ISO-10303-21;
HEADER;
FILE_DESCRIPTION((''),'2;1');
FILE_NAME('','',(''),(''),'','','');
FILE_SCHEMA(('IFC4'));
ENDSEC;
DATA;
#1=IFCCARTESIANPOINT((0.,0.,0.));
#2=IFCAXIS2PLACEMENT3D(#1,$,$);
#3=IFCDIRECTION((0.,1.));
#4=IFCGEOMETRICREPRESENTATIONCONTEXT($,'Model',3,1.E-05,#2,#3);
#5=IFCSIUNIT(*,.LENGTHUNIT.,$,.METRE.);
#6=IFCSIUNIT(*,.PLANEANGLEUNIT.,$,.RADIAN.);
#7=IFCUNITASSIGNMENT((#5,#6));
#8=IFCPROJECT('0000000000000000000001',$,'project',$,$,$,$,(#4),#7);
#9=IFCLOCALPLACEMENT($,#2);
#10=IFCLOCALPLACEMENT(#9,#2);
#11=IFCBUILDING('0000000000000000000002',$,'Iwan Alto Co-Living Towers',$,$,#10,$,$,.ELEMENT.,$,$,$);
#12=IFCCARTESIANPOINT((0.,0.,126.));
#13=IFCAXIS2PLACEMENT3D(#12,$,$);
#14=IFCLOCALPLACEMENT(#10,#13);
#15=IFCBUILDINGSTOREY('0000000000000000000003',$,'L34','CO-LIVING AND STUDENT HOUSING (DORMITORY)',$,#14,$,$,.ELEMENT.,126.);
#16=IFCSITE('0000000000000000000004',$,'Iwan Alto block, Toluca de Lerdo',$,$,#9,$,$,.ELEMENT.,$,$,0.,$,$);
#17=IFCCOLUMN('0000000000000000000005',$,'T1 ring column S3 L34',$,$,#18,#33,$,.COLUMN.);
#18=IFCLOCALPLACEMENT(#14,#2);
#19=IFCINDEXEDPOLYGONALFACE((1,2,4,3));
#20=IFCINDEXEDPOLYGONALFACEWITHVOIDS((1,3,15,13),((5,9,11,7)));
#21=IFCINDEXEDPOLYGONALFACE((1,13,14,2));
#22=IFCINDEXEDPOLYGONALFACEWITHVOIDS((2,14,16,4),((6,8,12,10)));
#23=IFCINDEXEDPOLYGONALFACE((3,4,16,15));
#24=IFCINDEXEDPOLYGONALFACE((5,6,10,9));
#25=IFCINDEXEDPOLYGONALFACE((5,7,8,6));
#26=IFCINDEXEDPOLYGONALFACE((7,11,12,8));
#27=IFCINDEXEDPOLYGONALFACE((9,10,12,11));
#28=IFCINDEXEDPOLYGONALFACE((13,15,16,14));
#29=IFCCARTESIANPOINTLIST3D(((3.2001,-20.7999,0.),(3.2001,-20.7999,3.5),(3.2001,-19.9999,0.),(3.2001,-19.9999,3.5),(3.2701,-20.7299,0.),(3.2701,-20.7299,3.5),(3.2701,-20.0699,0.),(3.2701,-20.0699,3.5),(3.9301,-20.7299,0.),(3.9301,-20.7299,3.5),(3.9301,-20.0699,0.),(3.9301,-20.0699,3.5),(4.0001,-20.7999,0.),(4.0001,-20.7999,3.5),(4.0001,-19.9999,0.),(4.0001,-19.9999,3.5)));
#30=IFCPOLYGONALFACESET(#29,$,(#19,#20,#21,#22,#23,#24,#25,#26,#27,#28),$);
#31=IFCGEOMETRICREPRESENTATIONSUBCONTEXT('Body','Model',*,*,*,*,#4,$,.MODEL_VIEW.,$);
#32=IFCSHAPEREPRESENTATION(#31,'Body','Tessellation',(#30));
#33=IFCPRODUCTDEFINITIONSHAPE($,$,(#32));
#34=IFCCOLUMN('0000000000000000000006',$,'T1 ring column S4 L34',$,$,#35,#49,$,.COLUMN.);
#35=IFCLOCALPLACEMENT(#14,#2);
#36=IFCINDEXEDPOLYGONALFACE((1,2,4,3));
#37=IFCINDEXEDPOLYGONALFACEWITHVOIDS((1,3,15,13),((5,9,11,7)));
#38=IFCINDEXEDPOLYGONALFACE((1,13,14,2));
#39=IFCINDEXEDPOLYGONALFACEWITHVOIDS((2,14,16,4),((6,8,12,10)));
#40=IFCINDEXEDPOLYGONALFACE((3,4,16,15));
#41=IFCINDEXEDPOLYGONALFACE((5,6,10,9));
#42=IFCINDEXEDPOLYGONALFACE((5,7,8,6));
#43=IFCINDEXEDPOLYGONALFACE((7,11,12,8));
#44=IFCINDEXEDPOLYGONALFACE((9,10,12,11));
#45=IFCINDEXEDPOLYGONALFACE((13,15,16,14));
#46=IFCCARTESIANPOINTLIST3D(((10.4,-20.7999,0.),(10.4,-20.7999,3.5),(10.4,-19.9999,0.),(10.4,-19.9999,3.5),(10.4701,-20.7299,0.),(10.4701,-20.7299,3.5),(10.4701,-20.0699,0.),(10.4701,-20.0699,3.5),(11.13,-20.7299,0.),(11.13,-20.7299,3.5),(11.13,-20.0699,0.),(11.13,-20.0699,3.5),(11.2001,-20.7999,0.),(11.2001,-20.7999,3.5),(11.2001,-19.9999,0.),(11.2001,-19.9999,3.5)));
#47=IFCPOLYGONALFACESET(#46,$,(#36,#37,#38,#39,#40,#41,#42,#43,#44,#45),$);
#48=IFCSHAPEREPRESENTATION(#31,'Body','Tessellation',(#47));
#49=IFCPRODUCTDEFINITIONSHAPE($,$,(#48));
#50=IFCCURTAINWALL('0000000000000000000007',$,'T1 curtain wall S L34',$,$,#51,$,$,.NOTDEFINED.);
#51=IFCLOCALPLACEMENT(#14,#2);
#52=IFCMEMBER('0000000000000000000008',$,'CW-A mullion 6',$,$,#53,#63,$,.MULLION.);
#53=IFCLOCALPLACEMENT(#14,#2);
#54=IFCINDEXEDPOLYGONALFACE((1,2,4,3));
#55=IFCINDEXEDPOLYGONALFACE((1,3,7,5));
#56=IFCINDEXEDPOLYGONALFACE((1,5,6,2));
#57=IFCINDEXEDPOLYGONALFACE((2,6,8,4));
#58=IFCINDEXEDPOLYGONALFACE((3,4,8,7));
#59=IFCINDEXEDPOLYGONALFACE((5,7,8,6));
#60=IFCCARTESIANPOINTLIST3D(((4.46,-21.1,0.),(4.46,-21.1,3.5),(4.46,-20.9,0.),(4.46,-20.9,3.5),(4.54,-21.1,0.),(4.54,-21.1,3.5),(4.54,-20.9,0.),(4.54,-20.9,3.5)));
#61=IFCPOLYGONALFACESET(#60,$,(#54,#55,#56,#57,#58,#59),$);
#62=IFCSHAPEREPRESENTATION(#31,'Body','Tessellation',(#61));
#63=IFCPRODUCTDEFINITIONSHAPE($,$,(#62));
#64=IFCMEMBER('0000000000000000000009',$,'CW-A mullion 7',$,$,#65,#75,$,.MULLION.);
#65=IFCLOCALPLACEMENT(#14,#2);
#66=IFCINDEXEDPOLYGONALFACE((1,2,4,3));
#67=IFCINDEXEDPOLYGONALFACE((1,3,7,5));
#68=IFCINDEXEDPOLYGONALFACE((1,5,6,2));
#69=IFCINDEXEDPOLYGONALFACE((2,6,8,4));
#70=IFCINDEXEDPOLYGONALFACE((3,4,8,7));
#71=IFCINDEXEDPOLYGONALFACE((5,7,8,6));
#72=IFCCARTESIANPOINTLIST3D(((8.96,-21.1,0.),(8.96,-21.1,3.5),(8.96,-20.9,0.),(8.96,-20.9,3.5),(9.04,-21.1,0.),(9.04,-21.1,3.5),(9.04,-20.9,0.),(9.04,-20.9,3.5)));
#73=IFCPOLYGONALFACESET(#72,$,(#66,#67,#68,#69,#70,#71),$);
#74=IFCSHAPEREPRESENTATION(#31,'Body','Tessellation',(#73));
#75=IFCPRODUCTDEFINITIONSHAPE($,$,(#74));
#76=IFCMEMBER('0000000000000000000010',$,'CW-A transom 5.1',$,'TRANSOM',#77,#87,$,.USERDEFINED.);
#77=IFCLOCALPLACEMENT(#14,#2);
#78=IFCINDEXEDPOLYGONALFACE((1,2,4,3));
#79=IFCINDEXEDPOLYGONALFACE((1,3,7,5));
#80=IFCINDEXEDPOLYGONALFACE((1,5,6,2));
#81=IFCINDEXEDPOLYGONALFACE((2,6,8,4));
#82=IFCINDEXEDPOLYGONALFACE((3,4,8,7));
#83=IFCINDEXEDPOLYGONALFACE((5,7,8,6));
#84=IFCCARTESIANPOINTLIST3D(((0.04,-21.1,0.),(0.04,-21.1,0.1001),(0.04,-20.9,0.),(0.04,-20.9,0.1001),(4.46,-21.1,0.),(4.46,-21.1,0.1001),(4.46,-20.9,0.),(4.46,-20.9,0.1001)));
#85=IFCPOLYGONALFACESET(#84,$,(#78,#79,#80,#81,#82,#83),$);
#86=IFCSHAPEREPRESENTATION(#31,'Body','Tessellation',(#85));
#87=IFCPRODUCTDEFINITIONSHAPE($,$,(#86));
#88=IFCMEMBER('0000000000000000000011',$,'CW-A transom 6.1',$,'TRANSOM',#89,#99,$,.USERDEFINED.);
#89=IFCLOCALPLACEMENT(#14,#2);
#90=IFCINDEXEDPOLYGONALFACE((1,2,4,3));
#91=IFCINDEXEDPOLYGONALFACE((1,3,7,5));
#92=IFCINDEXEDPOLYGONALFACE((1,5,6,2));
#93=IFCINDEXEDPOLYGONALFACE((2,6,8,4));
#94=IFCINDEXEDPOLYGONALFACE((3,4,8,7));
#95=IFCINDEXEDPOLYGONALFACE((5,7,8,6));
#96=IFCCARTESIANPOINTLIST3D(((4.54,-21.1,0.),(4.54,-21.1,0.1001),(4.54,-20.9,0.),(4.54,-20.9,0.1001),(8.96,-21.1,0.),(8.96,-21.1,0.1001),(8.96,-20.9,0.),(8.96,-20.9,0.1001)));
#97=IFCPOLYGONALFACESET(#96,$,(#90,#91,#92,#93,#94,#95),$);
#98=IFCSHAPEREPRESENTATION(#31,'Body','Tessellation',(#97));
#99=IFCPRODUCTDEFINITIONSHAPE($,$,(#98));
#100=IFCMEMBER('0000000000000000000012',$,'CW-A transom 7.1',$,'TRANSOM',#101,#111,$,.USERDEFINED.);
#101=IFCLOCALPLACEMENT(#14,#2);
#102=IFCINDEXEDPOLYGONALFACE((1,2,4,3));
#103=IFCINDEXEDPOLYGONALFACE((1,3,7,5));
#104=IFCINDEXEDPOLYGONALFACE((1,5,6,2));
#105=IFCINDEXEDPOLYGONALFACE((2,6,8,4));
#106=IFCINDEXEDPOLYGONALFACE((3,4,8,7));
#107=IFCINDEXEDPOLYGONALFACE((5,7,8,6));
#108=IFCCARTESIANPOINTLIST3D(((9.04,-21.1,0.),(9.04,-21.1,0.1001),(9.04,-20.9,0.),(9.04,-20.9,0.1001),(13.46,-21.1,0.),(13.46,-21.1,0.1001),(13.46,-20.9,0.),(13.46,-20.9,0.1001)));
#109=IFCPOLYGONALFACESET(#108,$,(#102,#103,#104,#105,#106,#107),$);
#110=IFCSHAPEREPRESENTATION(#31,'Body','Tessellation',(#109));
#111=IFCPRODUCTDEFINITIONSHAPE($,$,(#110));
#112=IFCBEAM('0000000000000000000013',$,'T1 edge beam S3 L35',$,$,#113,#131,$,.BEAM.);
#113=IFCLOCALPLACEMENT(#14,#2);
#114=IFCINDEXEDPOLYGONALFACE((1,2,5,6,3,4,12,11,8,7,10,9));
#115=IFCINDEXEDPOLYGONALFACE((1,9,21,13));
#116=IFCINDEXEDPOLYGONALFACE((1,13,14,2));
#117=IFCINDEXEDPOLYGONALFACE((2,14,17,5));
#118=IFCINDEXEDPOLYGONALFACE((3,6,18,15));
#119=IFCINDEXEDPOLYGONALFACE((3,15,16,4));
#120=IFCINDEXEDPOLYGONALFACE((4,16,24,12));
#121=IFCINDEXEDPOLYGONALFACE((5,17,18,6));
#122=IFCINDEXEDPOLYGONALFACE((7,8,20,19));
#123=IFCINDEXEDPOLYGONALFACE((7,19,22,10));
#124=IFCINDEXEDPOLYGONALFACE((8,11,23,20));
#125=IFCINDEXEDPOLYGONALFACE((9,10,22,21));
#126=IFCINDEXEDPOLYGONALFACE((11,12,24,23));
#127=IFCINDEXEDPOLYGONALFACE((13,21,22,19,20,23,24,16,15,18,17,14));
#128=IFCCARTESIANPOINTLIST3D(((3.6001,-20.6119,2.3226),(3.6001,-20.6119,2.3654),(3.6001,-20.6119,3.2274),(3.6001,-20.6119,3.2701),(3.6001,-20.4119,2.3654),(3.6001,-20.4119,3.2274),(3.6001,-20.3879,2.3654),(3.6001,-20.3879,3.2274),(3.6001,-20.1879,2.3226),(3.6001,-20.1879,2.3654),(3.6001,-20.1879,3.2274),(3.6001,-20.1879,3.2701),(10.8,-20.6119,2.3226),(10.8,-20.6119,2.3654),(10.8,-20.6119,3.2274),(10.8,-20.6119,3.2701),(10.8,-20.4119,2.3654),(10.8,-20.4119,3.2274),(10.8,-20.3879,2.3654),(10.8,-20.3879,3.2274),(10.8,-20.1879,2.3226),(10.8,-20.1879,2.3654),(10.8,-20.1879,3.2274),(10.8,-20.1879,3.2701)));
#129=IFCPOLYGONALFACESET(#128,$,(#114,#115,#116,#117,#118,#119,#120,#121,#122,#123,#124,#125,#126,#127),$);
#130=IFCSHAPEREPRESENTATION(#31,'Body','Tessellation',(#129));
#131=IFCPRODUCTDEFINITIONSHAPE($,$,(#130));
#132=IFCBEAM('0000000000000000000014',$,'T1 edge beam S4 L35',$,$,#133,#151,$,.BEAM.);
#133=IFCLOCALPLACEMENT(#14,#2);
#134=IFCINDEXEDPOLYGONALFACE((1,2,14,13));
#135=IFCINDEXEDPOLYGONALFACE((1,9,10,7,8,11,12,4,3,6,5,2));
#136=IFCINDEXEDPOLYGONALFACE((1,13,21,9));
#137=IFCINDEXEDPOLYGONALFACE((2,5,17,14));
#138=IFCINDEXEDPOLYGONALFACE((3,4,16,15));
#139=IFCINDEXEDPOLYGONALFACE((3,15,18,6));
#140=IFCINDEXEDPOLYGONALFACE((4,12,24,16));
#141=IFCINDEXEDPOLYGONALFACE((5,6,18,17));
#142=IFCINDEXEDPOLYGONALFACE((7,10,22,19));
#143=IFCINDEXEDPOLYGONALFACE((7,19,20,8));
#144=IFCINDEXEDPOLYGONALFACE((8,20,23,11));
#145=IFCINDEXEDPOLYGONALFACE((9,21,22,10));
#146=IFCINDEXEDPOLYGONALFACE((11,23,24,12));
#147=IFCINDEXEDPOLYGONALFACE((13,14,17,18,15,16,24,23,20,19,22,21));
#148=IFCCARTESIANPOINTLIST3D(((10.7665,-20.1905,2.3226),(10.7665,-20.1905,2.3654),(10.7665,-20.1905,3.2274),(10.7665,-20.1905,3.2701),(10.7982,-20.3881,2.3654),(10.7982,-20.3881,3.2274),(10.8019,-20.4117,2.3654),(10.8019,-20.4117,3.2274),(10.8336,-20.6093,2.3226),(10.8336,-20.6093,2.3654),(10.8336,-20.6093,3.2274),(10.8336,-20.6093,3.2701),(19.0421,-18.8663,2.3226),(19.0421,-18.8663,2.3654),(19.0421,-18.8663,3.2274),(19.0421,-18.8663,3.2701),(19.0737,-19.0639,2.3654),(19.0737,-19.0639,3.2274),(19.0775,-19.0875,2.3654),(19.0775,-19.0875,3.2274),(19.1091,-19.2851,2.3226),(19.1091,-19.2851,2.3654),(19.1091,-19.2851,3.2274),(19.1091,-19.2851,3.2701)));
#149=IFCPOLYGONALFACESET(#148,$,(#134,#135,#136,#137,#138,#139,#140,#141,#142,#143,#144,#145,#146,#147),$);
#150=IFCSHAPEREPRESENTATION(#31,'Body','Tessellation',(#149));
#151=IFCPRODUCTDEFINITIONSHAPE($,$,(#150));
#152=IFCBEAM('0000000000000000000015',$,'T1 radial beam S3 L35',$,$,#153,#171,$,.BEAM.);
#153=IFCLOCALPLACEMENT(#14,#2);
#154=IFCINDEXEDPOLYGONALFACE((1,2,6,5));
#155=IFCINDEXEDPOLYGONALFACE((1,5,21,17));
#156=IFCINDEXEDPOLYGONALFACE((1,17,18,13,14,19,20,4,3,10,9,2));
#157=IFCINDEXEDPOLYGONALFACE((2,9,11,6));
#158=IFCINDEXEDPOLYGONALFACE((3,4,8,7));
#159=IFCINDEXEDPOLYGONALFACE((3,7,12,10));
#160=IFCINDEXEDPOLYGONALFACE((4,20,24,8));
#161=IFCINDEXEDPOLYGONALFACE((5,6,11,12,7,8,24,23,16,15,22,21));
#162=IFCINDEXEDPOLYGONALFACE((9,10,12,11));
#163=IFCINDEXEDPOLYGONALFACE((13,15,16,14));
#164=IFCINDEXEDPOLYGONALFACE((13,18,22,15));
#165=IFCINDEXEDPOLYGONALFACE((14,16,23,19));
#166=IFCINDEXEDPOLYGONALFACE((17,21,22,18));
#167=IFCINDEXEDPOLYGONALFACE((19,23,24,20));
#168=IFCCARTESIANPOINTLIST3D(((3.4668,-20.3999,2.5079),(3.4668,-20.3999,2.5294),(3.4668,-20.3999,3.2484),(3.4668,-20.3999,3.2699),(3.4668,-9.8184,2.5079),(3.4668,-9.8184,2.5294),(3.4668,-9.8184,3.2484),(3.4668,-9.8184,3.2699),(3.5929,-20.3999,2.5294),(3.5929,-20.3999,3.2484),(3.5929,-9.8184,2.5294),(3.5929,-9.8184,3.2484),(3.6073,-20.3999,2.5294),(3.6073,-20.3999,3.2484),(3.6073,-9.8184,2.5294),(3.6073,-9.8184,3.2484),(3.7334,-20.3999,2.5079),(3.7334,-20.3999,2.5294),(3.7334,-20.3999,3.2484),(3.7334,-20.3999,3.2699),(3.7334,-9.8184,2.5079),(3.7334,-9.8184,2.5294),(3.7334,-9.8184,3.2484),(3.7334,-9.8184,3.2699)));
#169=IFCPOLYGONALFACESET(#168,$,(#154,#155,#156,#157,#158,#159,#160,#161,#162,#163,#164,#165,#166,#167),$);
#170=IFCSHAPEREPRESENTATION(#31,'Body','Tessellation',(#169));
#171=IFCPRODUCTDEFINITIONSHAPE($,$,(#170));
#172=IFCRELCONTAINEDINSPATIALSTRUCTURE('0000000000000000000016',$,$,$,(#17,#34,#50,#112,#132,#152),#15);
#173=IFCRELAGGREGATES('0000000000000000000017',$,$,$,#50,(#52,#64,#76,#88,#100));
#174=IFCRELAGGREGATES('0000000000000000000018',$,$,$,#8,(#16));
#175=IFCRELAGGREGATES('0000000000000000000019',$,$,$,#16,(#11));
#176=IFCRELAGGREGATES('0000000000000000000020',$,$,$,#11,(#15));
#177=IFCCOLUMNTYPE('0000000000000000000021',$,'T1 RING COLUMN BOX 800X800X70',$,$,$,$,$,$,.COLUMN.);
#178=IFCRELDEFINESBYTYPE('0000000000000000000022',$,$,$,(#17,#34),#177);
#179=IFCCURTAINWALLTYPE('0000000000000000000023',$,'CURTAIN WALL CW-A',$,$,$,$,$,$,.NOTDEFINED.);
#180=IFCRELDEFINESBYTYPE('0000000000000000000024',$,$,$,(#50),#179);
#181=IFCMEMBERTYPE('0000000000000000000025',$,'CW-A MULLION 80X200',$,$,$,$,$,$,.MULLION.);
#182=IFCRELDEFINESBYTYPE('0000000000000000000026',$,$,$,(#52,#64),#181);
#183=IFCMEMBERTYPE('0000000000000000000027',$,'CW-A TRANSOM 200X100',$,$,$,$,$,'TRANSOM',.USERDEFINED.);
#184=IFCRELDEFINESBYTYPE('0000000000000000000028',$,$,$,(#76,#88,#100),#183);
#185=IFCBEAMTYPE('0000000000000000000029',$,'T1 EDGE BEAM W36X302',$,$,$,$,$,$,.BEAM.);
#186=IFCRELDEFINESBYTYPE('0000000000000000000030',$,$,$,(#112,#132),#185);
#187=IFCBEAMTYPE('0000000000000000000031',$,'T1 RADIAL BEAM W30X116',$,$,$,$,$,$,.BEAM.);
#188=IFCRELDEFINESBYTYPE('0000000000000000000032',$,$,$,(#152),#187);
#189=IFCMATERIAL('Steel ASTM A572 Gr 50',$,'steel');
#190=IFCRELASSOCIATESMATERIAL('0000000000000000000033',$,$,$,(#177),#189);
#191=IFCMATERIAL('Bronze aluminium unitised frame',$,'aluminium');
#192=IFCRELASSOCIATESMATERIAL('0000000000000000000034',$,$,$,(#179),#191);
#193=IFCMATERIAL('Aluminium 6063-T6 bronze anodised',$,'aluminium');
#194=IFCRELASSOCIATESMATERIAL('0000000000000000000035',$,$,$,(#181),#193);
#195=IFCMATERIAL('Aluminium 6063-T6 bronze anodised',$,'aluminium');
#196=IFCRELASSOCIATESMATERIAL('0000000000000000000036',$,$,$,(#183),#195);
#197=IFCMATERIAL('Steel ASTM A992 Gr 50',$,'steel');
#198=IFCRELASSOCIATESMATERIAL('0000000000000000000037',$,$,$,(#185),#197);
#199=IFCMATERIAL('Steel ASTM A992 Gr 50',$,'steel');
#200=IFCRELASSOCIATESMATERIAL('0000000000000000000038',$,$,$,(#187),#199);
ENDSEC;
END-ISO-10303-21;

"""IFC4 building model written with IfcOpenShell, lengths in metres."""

from ifc_helpers import new_model, si_unit, direction, frame, origin, origin_2d, place, context, subcontext, project, spatial, rectangle, hollow_rectangle, i_section, extrude, material, material_profile, profile_set, type_object, element, aggregate, save


model = new_model("IFC4")

# Units and contexts
model_context = context("Model", 3, precision=1e-05, world=origin(), true_north=direction((0.0, 1.0)))
body_context = subcontext(model_context, "Body", "Model", "MODEL_VIEW")
ifc_project = project(units=[si_unit("LENGTHUNIT", "METRE"), si_unit("PLANEANGLEUNIT", "RADIAN")], contexts=[model_context])

# Site, building, storey
site_placement = place(None, origin())
site = spatial("IfcSite", under=ifc_project, at=site_placement, Name="Iwan Alto block, Toluca de Lerdo", CompositionType="ELEMENT", RefElevation=0.0)
building_placement = place(site_placement, origin())
building = spatial("IfcBuilding", under=site, at=building_placement, Name="Iwan Alto Co-Living Towers", CompositionType="ELEMENT")
storey_placement = place(building_placement, frame((0.0, 0.0, 126.0)))
storey = spatial("IfcBuildingStorey", under=building, at=storey_placement, Name="L34", Description="CO-LIVING AND STUDENT HOUSING (DORMITORY)", CompositionType="ELEMENT", Elevation=126.0)

# Columns
ifc_material_1 = material(Name="Steel ASTM A572 Gr 50", Category="steel")
ifc_material_profile_1 = material_profile(ifc_material_1, hollow_rectangle(XDim=0.8, YDim=0.8, WallThickness=0.0701, at=origin_2d()), Name="BOX 800X800X70")
ifc_profile_set_1 = profile_set([ifc_material_profile_1], Name="Steel ASTM A572 Gr 50")
column_type = type_object("IfcColumnType", Name="T1 RING COLUMN BOX 800X800X70", PredefinedType="COLUMN", material=ifc_profile_set_1)
for number, where, z_axis, x_axis, name in (
    (1, (3.6001, -20.3999, 0.0), (0.0, 0.0, 1.0), (1.0, 0.0, 0.0), "T1 ring column S3 L34"),
    (2, (10.8, -20.3999, 0.0), (0.0, 0.0, 1.0), (1.0, 0.0, 0.0), "T1 ring column S4 L34"),
):
    element("IfcColumn", number, at=place(storey_placement, frame(where, z_axis=z_axis, x_axis=x_axis)), inside=storey, type_object=column_type, Name=name, PredefinedType="COLUMN", context=body_context, shape_type="SweptSolid", body=[
        extrude(hollow_rectangle(XDim=0.8, YDim=0.8, WallThickness=0.0701, at=origin_2d()), origin(), (0.0, 0.0, 1.0), 3.5),
    ])

# Curtain wall, members
ifc_material_2 = material(Name="Bronze aluminium unitised frame", Category="aluminium")
curtain_wall_type = type_object("IfcCurtainWallType", Name="CURTAIN WALL CW-A", PredefinedType="NOTDEFINED", material=ifc_material_2)
curtain_wall_placement = place(storey_placement, origin())
curtain_wall = element("IfcCurtainWall", 3, at=curtain_wall_placement, inside=storey, type_object=curtain_wall_type, Name="T1 curtain wall S L34", PredefinedType="NOTDEFINED")
ifc_material_3 = material(Name="Aluminium 6063-T6 bronze anodised", Category="aluminium")
ifc_material_profile_2 = material_profile(ifc_material_3, rectangle(XDim=0.2, YDim=0.0801, at=origin_2d()), Name="AL 80X200")
ifc_profile_set_2 = profile_set([ifc_material_profile_2], Name="Aluminium 6063-T6 bronze anodised")
member_type_1 = type_object("IfcMemberType", Name="CW-A MULLION 80X200", PredefinedType="MULLION", material=ifc_profile_set_2)
member_1_placement = place(storey_placement, frame((4.5, -21.0, 0.0), z_axis=(0.0, 0.0, 1.0), x_axis=(0.0, 1.0, 0.0)))
member_1 = element("IfcMember", 4, at=member_1_placement, type_object=member_type_1, Name="CW-A mullion 6", PredefinedType="MULLION", context=body_context, shape_type="SweptSolid", body=[
    extrude(rectangle(XDim=0.2, YDim=0.0801, at=origin_2d()), origin(), (0.0, 0.0, 1.0), 3.5),
])
member_2_placement = place(storey_placement, frame((9.0, -21.0, 0.0), z_axis=(0.0, 0.0, 1.0), x_axis=(0.0, 1.0, 0.0)))
member_2 = element("IfcMember", 5, at=member_2_placement, type_object=member_type_1, Name="CW-A mullion 7", PredefinedType="MULLION", context=body_context, shape_type="SweptSolid", body=[
    extrude(rectangle(XDim=0.2, YDim=0.0801, at=origin_2d()), origin(), (0.0, 0.0, 1.0), 3.5),
])
ifc_material_4 = material(Name="Aluminium 6063-T6 bronze anodised", Category="aluminium")
ifc_material_profile_3 = material_profile(ifc_material_4, rectangle(XDim=0.2, YDim=0.1001, at=origin_2d()), Name="AL 200X100")
ifc_profile_set_3 = profile_set([ifc_material_profile_3], Name="Aluminium 6063-T6 bronze anodised")
member_type_2 = type_object("IfcMemberType", Name="CW-A TRANSOM 200X100", ElementType="TRANSOM", PredefinedType="USERDEFINED", material=ifc_profile_set_3)
member_3_placement = place(storey_placement, frame((0.04, -21.0, 0.05), z_axis=(1.0, 0.0, 0.0), x_axis=(0.0, 1.0, 0.0)))
member_3 = element("IfcMember", 6, at=member_3_placement, type_object=member_type_2, Name="CW-A transom 5.1", ObjectType="TRANSOM", PredefinedType="USERDEFINED", context=body_context, shape_type="SweptSolid", body=[
    extrude(rectangle(XDim=0.2, YDim=0.1001, at=origin_2d()), origin(), (0.0, 0.0, 1.0), 4.4199),
])
member_4_placement = place(storey_placement, frame((4.54, -21.0, 0.05), z_axis=(1.0, 0.0, 0.0), x_axis=(0.0, 1.0, 0.0)))
member_4 = element("IfcMember", 7, at=member_4_placement, type_object=member_type_2, Name="CW-A transom 6.1", ObjectType="TRANSOM", PredefinedType="USERDEFINED", context=body_context, shape_type="SweptSolid", body=[
    extrude(rectangle(XDim=0.2, YDim=0.1001, at=origin_2d()), origin(), (0.0, 0.0, 1.0), 4.4199),
])
member_5_placement = place(storey_placement, frame((9.04, -21.0, 0.05), z_axis=(1.0, 0.0, 0.0), x_axis=(0.0, 1.0, 0.0)))
member_5 = element("IfcMember", 8, at=member_5_placement, type_object=member_type_2, Name="CW-A transom 7.1", ObjectType="TRANSOM", PredefinedType="USERDEFINED", context=body_context, shape_type="SweptSolid", body=[
    extrude(rectangle(XDim=0.2, YDim=0.1001, at=origin_2d()), origin(), (0.0, 0.0, 1.0), 4.4199),
])

# Beams
ifc_material_5 = material(Name="Steel ASTM A992 Gr 50", Category="steel")
ifc_material_profile_4 = material_profile(ifc_material_5, i_section(OverallWidth=0.4241, OverallDepth=0.9475, WebThickness=0.0239, FlangeThickness=0.0427, at=origin_2d()), Name="W36X302")
ifc_profile_set_4 = profile_set([ifc_material_profile_4], Name="Steel ASTM A992 Gr 50")
beam_type_1 = type_object("IfcBeamType", Name="T1 EDGE BEAM W36X302", PredefinedType="BEAM", material=ifc_profile_set_4)
beam_1_placement = place(storey_placement, frame((3.6001, -20.3999, 2.7964), z_axis=(1.0, 0.0, 0.0), x_axis=(0.0, 1.0, 0.0)))
element("IfcBeam", 9, at=beam_1_placement, inside=storey, type_object=beam_type_1, Name="T1 edge beam S3 L35", PredefinedType="BEAM", context=body_context, shape_type="SweptSolid", body=[
    extrude(i_section(OverallWidth=0.4241, OverallDepth=0.9475, WebThickness=0.0239, FlangeThickness=0.0427, at=origin_2d()), origin(), (0.0, 0.0, 1.0), 7.2),
])
beam_2_placement = place(storey_placement, frame((10.8, -20.3999, 2.7964), z_axis=(0.987438, 0.158004, 0.0), x_axis=(-0.158004, 0.987438, 0.0)))
element("IfcBeam", 10, at=beam_2_placement, inside=storey, type_object=beam_type_1, Name="T1 edge beam S4 L35", PredefinedType="BEAM", context=body_context, shape_type="SweptSolid", body=[
    extrude(i_section(OverallWidth=0.4241, OverallDepth=0.9475, WebThickness=0.0239, FlangeThickness=0.0427, at=origin_2d()), origin(), (0.0, 0.0, 1.0), 8.3809),
])
ifc_material_6 = material(Name="Steel ASTM A992 Gr 50", Category="steel")
ifc_material_profile_5 = material_profile(ifc_material_6, i_section(OverallWidth=0.2666, OverallDepth=0.762, WebThickness=0.0144, FlangeThickness=0.0215, at=origin_2d()), Name="W30X116")
ifc_profile_set_5 = profile_set([ifc_material_profile_5], Name="Steel ASTM A992 Gr 50")
beam_type_2 = type_object("IfcBeamType", Name="T1 RADIAL BEAM W30X116", PredefinedType="BEAM", material=ifc_profile_set_5)
beam_3_placement = place(storey_placement, frame((3.6001, -20.3999, 2.8889), z_axis=(0.0, 1.0, 0.0), x_axis=(-1.0, 0.0, 0.0)))
element("IfcBeam", 11, at=beam_3_placement, inside=storey, type_object=beam_type_2, Name="T1 radial beam S3 L35", PredefinedType="BEAM", context=body_context, shape_type="SweptSolid", body=[
    extrude(i_section(OverallWidth=0.2666, OverallDepth=0.762, WebThickness=0.0144, FlangeThickness=0.0215, at=origin_2d()), origin(), (0.0, 0.0, 1.0), 10.5815),
])

aggregate(curtain_wall, [member_1, member_2, member_3, member_4, member_5])

save(model, "model.ifc")
